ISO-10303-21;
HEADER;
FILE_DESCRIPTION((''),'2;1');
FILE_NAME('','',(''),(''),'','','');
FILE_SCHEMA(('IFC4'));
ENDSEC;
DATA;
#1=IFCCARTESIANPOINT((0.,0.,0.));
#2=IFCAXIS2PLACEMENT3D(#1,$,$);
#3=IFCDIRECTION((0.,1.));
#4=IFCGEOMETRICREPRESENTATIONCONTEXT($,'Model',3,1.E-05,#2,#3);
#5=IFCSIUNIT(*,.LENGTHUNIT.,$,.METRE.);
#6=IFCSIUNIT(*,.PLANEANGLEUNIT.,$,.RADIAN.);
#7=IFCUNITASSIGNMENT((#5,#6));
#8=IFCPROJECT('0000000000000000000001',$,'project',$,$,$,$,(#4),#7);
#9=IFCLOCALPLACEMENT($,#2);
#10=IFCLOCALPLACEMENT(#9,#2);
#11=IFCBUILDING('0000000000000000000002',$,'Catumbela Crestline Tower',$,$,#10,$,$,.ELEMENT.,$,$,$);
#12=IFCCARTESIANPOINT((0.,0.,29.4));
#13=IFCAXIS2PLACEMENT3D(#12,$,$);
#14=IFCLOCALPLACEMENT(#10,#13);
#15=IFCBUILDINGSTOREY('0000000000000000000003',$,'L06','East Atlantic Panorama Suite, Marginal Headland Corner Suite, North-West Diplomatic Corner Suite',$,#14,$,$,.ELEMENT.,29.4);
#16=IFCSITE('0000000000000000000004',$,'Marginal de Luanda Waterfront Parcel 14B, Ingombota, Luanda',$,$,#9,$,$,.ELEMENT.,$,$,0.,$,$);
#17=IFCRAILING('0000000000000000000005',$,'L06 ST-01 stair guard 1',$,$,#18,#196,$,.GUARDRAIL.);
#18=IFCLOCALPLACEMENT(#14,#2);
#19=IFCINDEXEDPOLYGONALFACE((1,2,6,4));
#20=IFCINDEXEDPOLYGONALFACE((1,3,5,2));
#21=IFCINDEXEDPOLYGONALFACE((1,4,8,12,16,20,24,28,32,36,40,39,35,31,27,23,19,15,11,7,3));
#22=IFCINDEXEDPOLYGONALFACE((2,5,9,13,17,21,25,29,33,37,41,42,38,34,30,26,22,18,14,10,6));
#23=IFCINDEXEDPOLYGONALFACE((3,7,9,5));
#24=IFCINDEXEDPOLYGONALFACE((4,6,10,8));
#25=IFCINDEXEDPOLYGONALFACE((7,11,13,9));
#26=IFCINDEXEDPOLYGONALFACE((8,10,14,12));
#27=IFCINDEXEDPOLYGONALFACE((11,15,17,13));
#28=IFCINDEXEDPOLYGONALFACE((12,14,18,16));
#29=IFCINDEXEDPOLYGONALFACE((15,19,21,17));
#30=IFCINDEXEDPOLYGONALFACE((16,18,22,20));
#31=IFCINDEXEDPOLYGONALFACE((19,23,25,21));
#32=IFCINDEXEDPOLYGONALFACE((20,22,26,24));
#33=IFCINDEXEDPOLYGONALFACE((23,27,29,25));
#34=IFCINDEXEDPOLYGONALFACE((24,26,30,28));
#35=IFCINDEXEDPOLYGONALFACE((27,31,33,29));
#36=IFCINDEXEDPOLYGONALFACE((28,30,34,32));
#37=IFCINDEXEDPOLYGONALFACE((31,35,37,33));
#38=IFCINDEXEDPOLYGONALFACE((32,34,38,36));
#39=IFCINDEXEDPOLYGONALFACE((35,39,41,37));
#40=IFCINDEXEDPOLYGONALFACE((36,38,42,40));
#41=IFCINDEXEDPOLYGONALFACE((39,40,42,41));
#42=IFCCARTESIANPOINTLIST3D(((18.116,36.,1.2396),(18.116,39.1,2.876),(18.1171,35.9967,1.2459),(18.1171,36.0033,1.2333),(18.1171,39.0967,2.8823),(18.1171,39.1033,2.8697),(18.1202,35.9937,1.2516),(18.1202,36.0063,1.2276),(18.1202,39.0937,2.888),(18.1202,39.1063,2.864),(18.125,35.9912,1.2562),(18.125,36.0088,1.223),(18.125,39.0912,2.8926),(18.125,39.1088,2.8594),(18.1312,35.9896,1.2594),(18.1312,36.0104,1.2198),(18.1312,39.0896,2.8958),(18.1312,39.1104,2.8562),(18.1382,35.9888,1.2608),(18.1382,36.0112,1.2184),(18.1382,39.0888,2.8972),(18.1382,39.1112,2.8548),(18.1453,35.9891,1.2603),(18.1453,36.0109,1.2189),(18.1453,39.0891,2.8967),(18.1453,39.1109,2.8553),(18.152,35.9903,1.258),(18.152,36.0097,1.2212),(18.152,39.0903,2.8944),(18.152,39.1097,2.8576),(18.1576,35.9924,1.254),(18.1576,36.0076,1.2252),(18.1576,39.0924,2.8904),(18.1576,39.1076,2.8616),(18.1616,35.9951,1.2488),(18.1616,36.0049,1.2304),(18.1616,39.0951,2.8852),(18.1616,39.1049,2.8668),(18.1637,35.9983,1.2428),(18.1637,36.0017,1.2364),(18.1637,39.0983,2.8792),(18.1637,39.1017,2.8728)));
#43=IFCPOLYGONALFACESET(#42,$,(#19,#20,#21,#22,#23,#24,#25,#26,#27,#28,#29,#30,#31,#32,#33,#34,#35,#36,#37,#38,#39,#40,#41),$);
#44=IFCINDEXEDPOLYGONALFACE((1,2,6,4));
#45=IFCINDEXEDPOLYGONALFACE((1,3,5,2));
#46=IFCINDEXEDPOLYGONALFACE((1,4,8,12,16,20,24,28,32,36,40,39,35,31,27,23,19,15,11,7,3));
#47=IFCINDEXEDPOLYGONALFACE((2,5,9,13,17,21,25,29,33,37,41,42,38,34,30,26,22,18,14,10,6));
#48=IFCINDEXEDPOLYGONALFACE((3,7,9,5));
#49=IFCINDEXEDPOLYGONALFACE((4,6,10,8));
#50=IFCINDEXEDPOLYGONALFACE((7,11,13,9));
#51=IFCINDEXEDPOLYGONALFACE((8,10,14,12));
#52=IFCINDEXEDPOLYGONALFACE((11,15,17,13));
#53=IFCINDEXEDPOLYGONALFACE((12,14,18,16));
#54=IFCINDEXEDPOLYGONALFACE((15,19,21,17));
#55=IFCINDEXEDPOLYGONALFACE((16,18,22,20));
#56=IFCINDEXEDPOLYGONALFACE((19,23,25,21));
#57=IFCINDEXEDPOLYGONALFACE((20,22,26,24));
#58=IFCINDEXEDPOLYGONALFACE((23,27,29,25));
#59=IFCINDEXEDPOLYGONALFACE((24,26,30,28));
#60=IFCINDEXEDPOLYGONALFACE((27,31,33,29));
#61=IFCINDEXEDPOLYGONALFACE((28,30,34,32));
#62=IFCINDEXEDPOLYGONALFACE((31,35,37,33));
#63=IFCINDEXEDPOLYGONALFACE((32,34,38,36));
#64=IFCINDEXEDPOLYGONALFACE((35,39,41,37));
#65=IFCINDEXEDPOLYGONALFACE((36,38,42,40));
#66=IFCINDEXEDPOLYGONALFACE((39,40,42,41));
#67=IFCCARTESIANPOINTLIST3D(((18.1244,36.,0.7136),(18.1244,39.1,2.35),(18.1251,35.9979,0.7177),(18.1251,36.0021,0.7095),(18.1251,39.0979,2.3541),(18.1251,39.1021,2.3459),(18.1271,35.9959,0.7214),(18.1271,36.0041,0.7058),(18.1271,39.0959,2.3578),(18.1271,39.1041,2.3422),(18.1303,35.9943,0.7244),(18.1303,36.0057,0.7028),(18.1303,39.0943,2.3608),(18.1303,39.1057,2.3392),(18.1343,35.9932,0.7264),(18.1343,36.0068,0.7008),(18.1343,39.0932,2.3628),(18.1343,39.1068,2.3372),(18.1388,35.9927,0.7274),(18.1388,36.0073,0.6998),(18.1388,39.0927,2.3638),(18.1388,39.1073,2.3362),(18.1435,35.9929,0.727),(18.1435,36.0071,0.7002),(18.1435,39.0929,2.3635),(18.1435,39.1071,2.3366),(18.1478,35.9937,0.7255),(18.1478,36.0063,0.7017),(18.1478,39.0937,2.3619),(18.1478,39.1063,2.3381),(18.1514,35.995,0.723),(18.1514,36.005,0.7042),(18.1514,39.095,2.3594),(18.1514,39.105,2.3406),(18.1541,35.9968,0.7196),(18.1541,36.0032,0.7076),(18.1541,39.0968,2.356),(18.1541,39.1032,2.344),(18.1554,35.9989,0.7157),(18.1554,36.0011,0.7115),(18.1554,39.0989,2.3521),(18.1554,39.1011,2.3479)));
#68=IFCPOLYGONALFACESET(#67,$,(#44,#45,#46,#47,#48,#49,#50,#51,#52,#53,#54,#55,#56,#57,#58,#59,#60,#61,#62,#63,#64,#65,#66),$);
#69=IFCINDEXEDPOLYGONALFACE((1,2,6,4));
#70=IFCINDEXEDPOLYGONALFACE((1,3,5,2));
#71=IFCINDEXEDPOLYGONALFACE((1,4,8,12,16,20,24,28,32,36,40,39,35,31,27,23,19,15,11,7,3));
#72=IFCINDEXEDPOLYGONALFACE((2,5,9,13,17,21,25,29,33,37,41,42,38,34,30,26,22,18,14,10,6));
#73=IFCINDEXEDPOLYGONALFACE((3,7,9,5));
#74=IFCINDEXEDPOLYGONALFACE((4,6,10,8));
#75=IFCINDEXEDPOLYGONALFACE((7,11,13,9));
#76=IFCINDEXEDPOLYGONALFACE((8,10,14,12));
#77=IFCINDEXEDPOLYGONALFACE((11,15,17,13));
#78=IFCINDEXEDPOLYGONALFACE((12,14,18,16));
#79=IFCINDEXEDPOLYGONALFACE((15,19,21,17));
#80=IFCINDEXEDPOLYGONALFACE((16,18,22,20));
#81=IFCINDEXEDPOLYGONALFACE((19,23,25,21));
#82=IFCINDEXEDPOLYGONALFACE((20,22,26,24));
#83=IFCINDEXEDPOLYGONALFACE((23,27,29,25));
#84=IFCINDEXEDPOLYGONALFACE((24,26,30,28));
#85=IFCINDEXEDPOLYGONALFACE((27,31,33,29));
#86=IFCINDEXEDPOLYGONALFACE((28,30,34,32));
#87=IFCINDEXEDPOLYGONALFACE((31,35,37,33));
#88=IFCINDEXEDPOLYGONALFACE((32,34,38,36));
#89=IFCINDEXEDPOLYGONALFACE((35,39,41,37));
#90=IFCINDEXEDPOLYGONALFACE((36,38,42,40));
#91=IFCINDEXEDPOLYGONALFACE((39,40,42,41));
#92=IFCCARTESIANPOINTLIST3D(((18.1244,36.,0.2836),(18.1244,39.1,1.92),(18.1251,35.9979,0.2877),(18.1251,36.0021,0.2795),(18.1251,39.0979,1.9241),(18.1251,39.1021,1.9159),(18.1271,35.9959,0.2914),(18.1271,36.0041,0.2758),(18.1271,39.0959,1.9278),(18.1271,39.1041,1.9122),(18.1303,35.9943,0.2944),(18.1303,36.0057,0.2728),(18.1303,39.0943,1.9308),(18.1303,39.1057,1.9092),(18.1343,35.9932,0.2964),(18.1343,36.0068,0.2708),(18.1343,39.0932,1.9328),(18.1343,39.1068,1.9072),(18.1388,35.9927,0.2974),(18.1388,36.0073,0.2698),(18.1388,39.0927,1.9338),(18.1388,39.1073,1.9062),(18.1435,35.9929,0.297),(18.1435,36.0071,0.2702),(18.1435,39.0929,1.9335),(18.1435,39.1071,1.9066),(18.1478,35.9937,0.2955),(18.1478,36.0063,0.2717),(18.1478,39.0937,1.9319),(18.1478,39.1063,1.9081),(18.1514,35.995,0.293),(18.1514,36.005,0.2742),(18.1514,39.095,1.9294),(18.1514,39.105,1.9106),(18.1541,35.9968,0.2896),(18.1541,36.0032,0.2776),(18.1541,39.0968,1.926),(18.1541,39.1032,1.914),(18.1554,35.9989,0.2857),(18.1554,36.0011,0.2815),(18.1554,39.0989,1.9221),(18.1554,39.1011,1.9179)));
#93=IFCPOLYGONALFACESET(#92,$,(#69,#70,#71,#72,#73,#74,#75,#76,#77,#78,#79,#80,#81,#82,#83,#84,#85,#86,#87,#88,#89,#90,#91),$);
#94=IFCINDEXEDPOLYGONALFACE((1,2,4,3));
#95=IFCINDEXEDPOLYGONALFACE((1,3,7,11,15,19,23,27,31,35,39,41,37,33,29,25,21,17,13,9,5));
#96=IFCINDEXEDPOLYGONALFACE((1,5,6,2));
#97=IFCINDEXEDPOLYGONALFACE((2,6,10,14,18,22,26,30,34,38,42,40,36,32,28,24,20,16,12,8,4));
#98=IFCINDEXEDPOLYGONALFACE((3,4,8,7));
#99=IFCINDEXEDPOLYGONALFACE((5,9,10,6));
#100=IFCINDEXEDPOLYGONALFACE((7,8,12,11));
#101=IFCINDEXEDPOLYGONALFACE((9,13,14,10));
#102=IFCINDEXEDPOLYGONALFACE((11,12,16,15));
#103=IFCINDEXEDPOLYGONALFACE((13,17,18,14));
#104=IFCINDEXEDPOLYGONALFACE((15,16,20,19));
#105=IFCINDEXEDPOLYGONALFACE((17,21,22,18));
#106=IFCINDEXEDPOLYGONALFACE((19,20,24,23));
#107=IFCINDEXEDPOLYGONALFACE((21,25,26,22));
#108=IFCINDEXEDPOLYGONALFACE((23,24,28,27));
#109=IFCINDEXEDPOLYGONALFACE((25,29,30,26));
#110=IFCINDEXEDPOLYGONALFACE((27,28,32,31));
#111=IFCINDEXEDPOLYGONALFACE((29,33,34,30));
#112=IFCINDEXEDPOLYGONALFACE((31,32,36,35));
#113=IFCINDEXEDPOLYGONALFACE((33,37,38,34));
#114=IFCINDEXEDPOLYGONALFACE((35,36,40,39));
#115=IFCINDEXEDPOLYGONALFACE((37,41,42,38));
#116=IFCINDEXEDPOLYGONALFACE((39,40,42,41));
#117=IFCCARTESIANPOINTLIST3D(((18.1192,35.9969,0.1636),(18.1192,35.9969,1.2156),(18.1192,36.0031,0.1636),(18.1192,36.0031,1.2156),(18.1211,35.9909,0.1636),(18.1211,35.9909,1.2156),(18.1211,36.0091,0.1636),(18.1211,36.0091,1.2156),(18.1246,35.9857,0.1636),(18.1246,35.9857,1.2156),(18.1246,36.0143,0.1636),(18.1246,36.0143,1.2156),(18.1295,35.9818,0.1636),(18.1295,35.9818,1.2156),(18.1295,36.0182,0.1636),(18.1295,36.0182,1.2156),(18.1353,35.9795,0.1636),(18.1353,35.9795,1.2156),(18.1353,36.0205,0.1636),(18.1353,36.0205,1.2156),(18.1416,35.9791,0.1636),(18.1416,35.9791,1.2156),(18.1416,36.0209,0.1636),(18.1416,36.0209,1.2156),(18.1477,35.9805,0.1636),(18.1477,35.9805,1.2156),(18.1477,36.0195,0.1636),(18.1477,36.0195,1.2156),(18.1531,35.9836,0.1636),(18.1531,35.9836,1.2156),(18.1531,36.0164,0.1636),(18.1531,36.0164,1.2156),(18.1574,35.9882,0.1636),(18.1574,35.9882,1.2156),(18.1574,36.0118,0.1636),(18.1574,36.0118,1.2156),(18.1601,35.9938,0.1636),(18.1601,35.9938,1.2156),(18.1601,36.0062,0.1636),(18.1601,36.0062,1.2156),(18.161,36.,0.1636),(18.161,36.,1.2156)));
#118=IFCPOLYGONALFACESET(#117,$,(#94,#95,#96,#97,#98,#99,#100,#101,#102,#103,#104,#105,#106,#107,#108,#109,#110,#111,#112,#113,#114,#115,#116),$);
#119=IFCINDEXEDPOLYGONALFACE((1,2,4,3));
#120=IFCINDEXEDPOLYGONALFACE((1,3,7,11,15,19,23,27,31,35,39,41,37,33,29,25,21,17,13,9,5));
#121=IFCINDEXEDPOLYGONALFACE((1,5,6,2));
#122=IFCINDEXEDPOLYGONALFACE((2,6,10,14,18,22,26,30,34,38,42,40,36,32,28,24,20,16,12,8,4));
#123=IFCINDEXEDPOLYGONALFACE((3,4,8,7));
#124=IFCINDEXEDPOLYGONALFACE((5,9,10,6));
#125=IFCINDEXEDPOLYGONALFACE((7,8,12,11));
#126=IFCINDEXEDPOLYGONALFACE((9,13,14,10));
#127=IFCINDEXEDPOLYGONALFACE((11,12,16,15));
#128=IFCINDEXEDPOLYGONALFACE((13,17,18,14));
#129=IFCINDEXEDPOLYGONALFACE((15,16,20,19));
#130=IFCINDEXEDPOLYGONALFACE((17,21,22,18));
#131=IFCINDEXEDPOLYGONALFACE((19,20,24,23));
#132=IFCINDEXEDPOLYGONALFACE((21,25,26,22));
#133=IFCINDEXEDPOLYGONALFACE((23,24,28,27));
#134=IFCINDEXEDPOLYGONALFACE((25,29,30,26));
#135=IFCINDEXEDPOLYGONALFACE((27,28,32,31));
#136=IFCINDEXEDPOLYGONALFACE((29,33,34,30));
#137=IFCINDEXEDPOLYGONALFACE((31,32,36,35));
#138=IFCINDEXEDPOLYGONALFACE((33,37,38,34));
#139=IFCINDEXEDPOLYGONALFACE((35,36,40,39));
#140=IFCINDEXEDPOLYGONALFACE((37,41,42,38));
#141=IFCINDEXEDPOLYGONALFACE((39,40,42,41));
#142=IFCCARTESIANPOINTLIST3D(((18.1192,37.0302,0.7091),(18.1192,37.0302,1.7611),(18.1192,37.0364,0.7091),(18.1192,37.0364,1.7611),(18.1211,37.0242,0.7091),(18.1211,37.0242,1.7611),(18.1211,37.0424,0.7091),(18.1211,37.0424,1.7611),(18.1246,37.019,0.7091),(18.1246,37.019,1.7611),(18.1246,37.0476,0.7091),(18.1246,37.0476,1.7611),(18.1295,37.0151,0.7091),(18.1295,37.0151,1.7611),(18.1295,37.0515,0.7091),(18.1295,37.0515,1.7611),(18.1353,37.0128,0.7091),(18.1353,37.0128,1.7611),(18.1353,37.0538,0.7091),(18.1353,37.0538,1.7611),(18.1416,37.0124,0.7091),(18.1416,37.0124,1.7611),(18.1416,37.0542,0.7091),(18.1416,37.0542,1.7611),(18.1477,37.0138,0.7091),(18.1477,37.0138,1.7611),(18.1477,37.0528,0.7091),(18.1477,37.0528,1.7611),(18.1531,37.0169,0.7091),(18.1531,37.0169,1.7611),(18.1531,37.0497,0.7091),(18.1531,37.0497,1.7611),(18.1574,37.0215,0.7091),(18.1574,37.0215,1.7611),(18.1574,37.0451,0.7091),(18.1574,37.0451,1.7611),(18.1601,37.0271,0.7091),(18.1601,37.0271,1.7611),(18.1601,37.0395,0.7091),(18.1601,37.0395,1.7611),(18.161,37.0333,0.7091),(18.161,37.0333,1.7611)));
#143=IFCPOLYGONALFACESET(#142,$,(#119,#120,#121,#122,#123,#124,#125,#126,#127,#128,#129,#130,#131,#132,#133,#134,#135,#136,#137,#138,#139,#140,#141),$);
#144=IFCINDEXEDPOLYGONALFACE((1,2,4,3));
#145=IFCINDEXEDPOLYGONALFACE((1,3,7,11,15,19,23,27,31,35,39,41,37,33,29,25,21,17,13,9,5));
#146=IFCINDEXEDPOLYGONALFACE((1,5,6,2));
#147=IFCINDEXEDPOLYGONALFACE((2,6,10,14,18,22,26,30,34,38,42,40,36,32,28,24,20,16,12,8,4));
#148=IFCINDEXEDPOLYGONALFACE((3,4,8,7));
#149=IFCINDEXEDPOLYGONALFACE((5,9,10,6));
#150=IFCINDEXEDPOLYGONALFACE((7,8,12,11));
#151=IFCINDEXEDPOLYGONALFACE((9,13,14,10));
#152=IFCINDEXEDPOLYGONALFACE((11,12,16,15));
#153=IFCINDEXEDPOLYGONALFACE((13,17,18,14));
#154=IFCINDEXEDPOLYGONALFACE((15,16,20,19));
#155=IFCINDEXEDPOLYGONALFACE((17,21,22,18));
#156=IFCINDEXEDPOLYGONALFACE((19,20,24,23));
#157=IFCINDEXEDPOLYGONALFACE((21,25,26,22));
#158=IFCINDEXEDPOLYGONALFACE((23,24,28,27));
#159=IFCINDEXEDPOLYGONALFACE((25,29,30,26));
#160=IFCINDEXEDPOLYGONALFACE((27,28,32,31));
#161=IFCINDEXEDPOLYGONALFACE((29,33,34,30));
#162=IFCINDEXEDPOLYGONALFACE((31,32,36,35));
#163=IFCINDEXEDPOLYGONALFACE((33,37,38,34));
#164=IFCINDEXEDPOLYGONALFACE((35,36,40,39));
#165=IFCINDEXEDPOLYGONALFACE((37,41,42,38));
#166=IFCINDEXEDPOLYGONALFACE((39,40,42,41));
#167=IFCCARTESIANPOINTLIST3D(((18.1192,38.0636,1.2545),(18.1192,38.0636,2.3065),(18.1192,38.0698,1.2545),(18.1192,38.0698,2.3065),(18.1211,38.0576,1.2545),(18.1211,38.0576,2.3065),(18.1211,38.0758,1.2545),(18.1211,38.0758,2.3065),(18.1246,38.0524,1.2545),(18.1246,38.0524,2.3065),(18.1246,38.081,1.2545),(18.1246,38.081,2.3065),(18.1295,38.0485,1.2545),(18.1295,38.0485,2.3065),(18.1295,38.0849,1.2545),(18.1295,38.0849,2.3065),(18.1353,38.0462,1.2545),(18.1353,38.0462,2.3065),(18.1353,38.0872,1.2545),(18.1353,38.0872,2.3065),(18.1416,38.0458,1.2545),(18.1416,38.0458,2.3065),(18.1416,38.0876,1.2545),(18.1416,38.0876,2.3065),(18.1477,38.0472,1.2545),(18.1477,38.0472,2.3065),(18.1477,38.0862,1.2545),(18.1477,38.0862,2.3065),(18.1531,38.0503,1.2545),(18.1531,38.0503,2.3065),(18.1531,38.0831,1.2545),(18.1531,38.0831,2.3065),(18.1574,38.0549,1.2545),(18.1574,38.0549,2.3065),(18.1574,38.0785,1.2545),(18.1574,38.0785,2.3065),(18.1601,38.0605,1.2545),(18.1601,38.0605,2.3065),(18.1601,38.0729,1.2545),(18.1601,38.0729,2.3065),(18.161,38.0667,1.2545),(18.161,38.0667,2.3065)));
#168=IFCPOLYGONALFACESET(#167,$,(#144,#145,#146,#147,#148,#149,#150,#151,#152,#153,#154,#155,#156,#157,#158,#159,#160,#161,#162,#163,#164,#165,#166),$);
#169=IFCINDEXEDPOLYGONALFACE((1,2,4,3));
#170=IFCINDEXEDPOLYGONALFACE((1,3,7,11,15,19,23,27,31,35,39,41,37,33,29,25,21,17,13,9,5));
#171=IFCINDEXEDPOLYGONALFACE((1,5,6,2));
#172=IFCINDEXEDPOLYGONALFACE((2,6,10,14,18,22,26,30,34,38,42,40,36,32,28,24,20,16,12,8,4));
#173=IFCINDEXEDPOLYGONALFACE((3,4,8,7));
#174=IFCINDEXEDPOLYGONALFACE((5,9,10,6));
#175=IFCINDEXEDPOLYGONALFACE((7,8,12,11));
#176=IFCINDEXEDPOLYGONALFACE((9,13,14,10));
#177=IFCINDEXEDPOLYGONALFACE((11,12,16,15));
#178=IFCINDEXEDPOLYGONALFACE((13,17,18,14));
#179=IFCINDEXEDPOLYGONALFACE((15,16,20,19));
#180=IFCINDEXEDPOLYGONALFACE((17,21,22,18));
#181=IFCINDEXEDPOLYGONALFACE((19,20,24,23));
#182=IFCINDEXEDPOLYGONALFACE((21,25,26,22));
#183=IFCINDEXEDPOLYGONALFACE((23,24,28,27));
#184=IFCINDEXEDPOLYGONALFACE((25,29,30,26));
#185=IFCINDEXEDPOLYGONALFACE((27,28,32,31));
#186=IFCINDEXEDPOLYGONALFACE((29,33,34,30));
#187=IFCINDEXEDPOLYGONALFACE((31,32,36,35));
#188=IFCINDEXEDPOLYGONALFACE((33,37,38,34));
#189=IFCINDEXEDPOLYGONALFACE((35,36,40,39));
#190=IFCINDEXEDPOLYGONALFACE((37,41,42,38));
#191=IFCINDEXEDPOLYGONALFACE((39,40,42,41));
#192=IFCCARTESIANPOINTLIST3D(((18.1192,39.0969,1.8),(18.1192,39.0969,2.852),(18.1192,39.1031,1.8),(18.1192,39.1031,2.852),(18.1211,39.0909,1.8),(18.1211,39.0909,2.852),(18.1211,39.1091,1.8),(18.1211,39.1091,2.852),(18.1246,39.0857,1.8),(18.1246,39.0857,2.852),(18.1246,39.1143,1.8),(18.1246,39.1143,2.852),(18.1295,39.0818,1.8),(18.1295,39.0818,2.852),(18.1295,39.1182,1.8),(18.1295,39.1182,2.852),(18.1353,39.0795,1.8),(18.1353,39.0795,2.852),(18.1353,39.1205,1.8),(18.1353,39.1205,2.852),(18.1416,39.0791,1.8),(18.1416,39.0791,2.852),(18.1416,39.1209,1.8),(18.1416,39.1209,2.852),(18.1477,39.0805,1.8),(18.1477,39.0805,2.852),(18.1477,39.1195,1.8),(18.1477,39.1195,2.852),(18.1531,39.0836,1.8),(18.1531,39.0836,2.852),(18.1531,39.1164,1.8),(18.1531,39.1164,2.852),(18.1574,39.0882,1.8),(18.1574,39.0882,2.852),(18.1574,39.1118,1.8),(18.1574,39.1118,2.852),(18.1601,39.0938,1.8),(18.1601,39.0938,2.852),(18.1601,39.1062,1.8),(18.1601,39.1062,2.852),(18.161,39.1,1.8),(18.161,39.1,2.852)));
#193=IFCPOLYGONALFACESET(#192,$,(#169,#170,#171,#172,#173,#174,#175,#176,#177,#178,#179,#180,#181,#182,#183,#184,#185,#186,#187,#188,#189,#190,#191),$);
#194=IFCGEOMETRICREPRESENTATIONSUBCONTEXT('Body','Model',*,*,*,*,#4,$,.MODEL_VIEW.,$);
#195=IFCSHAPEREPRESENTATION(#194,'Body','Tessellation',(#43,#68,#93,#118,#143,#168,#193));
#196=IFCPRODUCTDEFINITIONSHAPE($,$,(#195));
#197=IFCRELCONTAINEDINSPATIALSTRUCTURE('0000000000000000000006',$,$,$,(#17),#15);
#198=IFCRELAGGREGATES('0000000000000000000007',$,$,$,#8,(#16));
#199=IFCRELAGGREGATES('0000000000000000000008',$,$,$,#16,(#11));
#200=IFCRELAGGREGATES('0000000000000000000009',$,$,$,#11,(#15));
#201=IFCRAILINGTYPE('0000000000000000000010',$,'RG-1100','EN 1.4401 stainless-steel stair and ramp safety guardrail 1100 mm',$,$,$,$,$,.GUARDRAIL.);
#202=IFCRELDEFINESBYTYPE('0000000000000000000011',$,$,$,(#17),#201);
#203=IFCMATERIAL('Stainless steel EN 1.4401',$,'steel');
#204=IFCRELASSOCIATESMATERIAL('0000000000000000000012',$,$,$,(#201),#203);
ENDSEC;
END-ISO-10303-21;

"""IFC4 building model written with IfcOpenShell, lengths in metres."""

from ifc_helpers import new_model, si_unit, direction, frame, origin, origin_2d, place, context, subcontext, project, spatial, circle, extrude, material, type_object, element, save


model = new_model("IFC4")

# Units and contexts
model_context = context("Model", 3, precision=1e-05, world=origin(), true_north=direction((0.0, 1.0)))
body_context = subcontext(model_context, "Body", "Model", "MODEL_VIEW")
ifc_project = project(units=[si_unit("LENGTHUNIT", "METRE"), si_unit("PLANEANGLEUNIT", "RADIAN")], contexts=[model_context])

# Site, building, storey
site_placement = place(None, origin())
site = spatial("IfcSite", under=ifc_project, at=site_placement, Name="Marginal de Luanda Waterfront Parcel 14B, Ingombota, Luanda", CompositionType="ELEMENT", RefElevation=0.0)
building_placement = place(site_placement, origin())
building = spatial("IfcBuilding", under=site, at=building_placement, Name="Catumbela Crestline Tower", CompositionType="ELEMENT")
storey_placement = place(building_placement, frame((0.0, 0.0, 29.4)))
storey = spatial("IfcBuildingStorey", under=building, at=storey_placement, Name="L06", Description="East Atlantic Panorama Suite, Marginal Headland Corner Suite, North-West Diplomatic Corner Suite", CompositionType="ELEMENT", Elevation=29.4)

# Shared definitions
ifc_material_1 = material(Name="Stainless steel EN 1.4401", Category="steel")

# Railing
railing_type_1 = type_object("IfcRailingType", Name="RG-1100", Description="EN 1.4401 stainless-steel stair and ramp safety guardrail 1100 mm", PredefinedType="GUARDRAIL", material=ifc_material_1)
railing_1_placement = place(storey_placement, frame((18.14, 36.0, 0.1636)))
element("IfcRailing", 1, at=railing_1_placement, inside=storey, type_object=railing_type_1, Name="L06 ST-01 stair guard 1", PredefinedType="GUARDRAIL", context=body_context, shape_type="SweptSolid", body=[
    extrude(circle(Radius=0.024, at=origin_2d()), frame((0.0, 0.0, 1.076), z_axis=(0.0, 0.884351, 0.466823), x_axis=(-1.0, 0.0, 0.0)), (0.0, 0.0, 1.0), 3.5054),
    extrude(circle(Radius=0.0156, at=origin_2d()), frame((0.0, 0.0, 0.55), z_axis=(0.0, 0.884351, 0.466823), x_axis=(-1.0, 0.0, 0.0)), (0.0, 0.0, 1.0), 3.5054),
    extrude(circle(Radius=0.0156, at=origin_2d()), frame((0.0, 0.0, 0.12), z_axis=(0.0, 0.884351, 0.466823), x_axis=(-1.0, 0.0, 0.0)), (0.0, 0.0, 1.0), 3.5054),
    extrude(circle(Radius=0.021, at=origin_2d()), origin(), (0.0, 0.0, 1.0), 1.052),
    extrude(circle(Radius=0.021, at=origin_2d()), frame((0.0, 1.0333, 0.5455)), (0.0, 0.0, 1.0), 1.052),
    extrude(circle(Radius=0.021, at=origin_2d()), frame((0.0, 2.0667, 1.0909)), (0.0, 0.0, 1.0), 1.052),
    extrude(circle(Radius=0.021, at=origin_2d()), frame((0.0, 3.1, 1.6364)), (0.0, 0.0, 1.0), 1.052),
])

save(model, "model.ifc")
